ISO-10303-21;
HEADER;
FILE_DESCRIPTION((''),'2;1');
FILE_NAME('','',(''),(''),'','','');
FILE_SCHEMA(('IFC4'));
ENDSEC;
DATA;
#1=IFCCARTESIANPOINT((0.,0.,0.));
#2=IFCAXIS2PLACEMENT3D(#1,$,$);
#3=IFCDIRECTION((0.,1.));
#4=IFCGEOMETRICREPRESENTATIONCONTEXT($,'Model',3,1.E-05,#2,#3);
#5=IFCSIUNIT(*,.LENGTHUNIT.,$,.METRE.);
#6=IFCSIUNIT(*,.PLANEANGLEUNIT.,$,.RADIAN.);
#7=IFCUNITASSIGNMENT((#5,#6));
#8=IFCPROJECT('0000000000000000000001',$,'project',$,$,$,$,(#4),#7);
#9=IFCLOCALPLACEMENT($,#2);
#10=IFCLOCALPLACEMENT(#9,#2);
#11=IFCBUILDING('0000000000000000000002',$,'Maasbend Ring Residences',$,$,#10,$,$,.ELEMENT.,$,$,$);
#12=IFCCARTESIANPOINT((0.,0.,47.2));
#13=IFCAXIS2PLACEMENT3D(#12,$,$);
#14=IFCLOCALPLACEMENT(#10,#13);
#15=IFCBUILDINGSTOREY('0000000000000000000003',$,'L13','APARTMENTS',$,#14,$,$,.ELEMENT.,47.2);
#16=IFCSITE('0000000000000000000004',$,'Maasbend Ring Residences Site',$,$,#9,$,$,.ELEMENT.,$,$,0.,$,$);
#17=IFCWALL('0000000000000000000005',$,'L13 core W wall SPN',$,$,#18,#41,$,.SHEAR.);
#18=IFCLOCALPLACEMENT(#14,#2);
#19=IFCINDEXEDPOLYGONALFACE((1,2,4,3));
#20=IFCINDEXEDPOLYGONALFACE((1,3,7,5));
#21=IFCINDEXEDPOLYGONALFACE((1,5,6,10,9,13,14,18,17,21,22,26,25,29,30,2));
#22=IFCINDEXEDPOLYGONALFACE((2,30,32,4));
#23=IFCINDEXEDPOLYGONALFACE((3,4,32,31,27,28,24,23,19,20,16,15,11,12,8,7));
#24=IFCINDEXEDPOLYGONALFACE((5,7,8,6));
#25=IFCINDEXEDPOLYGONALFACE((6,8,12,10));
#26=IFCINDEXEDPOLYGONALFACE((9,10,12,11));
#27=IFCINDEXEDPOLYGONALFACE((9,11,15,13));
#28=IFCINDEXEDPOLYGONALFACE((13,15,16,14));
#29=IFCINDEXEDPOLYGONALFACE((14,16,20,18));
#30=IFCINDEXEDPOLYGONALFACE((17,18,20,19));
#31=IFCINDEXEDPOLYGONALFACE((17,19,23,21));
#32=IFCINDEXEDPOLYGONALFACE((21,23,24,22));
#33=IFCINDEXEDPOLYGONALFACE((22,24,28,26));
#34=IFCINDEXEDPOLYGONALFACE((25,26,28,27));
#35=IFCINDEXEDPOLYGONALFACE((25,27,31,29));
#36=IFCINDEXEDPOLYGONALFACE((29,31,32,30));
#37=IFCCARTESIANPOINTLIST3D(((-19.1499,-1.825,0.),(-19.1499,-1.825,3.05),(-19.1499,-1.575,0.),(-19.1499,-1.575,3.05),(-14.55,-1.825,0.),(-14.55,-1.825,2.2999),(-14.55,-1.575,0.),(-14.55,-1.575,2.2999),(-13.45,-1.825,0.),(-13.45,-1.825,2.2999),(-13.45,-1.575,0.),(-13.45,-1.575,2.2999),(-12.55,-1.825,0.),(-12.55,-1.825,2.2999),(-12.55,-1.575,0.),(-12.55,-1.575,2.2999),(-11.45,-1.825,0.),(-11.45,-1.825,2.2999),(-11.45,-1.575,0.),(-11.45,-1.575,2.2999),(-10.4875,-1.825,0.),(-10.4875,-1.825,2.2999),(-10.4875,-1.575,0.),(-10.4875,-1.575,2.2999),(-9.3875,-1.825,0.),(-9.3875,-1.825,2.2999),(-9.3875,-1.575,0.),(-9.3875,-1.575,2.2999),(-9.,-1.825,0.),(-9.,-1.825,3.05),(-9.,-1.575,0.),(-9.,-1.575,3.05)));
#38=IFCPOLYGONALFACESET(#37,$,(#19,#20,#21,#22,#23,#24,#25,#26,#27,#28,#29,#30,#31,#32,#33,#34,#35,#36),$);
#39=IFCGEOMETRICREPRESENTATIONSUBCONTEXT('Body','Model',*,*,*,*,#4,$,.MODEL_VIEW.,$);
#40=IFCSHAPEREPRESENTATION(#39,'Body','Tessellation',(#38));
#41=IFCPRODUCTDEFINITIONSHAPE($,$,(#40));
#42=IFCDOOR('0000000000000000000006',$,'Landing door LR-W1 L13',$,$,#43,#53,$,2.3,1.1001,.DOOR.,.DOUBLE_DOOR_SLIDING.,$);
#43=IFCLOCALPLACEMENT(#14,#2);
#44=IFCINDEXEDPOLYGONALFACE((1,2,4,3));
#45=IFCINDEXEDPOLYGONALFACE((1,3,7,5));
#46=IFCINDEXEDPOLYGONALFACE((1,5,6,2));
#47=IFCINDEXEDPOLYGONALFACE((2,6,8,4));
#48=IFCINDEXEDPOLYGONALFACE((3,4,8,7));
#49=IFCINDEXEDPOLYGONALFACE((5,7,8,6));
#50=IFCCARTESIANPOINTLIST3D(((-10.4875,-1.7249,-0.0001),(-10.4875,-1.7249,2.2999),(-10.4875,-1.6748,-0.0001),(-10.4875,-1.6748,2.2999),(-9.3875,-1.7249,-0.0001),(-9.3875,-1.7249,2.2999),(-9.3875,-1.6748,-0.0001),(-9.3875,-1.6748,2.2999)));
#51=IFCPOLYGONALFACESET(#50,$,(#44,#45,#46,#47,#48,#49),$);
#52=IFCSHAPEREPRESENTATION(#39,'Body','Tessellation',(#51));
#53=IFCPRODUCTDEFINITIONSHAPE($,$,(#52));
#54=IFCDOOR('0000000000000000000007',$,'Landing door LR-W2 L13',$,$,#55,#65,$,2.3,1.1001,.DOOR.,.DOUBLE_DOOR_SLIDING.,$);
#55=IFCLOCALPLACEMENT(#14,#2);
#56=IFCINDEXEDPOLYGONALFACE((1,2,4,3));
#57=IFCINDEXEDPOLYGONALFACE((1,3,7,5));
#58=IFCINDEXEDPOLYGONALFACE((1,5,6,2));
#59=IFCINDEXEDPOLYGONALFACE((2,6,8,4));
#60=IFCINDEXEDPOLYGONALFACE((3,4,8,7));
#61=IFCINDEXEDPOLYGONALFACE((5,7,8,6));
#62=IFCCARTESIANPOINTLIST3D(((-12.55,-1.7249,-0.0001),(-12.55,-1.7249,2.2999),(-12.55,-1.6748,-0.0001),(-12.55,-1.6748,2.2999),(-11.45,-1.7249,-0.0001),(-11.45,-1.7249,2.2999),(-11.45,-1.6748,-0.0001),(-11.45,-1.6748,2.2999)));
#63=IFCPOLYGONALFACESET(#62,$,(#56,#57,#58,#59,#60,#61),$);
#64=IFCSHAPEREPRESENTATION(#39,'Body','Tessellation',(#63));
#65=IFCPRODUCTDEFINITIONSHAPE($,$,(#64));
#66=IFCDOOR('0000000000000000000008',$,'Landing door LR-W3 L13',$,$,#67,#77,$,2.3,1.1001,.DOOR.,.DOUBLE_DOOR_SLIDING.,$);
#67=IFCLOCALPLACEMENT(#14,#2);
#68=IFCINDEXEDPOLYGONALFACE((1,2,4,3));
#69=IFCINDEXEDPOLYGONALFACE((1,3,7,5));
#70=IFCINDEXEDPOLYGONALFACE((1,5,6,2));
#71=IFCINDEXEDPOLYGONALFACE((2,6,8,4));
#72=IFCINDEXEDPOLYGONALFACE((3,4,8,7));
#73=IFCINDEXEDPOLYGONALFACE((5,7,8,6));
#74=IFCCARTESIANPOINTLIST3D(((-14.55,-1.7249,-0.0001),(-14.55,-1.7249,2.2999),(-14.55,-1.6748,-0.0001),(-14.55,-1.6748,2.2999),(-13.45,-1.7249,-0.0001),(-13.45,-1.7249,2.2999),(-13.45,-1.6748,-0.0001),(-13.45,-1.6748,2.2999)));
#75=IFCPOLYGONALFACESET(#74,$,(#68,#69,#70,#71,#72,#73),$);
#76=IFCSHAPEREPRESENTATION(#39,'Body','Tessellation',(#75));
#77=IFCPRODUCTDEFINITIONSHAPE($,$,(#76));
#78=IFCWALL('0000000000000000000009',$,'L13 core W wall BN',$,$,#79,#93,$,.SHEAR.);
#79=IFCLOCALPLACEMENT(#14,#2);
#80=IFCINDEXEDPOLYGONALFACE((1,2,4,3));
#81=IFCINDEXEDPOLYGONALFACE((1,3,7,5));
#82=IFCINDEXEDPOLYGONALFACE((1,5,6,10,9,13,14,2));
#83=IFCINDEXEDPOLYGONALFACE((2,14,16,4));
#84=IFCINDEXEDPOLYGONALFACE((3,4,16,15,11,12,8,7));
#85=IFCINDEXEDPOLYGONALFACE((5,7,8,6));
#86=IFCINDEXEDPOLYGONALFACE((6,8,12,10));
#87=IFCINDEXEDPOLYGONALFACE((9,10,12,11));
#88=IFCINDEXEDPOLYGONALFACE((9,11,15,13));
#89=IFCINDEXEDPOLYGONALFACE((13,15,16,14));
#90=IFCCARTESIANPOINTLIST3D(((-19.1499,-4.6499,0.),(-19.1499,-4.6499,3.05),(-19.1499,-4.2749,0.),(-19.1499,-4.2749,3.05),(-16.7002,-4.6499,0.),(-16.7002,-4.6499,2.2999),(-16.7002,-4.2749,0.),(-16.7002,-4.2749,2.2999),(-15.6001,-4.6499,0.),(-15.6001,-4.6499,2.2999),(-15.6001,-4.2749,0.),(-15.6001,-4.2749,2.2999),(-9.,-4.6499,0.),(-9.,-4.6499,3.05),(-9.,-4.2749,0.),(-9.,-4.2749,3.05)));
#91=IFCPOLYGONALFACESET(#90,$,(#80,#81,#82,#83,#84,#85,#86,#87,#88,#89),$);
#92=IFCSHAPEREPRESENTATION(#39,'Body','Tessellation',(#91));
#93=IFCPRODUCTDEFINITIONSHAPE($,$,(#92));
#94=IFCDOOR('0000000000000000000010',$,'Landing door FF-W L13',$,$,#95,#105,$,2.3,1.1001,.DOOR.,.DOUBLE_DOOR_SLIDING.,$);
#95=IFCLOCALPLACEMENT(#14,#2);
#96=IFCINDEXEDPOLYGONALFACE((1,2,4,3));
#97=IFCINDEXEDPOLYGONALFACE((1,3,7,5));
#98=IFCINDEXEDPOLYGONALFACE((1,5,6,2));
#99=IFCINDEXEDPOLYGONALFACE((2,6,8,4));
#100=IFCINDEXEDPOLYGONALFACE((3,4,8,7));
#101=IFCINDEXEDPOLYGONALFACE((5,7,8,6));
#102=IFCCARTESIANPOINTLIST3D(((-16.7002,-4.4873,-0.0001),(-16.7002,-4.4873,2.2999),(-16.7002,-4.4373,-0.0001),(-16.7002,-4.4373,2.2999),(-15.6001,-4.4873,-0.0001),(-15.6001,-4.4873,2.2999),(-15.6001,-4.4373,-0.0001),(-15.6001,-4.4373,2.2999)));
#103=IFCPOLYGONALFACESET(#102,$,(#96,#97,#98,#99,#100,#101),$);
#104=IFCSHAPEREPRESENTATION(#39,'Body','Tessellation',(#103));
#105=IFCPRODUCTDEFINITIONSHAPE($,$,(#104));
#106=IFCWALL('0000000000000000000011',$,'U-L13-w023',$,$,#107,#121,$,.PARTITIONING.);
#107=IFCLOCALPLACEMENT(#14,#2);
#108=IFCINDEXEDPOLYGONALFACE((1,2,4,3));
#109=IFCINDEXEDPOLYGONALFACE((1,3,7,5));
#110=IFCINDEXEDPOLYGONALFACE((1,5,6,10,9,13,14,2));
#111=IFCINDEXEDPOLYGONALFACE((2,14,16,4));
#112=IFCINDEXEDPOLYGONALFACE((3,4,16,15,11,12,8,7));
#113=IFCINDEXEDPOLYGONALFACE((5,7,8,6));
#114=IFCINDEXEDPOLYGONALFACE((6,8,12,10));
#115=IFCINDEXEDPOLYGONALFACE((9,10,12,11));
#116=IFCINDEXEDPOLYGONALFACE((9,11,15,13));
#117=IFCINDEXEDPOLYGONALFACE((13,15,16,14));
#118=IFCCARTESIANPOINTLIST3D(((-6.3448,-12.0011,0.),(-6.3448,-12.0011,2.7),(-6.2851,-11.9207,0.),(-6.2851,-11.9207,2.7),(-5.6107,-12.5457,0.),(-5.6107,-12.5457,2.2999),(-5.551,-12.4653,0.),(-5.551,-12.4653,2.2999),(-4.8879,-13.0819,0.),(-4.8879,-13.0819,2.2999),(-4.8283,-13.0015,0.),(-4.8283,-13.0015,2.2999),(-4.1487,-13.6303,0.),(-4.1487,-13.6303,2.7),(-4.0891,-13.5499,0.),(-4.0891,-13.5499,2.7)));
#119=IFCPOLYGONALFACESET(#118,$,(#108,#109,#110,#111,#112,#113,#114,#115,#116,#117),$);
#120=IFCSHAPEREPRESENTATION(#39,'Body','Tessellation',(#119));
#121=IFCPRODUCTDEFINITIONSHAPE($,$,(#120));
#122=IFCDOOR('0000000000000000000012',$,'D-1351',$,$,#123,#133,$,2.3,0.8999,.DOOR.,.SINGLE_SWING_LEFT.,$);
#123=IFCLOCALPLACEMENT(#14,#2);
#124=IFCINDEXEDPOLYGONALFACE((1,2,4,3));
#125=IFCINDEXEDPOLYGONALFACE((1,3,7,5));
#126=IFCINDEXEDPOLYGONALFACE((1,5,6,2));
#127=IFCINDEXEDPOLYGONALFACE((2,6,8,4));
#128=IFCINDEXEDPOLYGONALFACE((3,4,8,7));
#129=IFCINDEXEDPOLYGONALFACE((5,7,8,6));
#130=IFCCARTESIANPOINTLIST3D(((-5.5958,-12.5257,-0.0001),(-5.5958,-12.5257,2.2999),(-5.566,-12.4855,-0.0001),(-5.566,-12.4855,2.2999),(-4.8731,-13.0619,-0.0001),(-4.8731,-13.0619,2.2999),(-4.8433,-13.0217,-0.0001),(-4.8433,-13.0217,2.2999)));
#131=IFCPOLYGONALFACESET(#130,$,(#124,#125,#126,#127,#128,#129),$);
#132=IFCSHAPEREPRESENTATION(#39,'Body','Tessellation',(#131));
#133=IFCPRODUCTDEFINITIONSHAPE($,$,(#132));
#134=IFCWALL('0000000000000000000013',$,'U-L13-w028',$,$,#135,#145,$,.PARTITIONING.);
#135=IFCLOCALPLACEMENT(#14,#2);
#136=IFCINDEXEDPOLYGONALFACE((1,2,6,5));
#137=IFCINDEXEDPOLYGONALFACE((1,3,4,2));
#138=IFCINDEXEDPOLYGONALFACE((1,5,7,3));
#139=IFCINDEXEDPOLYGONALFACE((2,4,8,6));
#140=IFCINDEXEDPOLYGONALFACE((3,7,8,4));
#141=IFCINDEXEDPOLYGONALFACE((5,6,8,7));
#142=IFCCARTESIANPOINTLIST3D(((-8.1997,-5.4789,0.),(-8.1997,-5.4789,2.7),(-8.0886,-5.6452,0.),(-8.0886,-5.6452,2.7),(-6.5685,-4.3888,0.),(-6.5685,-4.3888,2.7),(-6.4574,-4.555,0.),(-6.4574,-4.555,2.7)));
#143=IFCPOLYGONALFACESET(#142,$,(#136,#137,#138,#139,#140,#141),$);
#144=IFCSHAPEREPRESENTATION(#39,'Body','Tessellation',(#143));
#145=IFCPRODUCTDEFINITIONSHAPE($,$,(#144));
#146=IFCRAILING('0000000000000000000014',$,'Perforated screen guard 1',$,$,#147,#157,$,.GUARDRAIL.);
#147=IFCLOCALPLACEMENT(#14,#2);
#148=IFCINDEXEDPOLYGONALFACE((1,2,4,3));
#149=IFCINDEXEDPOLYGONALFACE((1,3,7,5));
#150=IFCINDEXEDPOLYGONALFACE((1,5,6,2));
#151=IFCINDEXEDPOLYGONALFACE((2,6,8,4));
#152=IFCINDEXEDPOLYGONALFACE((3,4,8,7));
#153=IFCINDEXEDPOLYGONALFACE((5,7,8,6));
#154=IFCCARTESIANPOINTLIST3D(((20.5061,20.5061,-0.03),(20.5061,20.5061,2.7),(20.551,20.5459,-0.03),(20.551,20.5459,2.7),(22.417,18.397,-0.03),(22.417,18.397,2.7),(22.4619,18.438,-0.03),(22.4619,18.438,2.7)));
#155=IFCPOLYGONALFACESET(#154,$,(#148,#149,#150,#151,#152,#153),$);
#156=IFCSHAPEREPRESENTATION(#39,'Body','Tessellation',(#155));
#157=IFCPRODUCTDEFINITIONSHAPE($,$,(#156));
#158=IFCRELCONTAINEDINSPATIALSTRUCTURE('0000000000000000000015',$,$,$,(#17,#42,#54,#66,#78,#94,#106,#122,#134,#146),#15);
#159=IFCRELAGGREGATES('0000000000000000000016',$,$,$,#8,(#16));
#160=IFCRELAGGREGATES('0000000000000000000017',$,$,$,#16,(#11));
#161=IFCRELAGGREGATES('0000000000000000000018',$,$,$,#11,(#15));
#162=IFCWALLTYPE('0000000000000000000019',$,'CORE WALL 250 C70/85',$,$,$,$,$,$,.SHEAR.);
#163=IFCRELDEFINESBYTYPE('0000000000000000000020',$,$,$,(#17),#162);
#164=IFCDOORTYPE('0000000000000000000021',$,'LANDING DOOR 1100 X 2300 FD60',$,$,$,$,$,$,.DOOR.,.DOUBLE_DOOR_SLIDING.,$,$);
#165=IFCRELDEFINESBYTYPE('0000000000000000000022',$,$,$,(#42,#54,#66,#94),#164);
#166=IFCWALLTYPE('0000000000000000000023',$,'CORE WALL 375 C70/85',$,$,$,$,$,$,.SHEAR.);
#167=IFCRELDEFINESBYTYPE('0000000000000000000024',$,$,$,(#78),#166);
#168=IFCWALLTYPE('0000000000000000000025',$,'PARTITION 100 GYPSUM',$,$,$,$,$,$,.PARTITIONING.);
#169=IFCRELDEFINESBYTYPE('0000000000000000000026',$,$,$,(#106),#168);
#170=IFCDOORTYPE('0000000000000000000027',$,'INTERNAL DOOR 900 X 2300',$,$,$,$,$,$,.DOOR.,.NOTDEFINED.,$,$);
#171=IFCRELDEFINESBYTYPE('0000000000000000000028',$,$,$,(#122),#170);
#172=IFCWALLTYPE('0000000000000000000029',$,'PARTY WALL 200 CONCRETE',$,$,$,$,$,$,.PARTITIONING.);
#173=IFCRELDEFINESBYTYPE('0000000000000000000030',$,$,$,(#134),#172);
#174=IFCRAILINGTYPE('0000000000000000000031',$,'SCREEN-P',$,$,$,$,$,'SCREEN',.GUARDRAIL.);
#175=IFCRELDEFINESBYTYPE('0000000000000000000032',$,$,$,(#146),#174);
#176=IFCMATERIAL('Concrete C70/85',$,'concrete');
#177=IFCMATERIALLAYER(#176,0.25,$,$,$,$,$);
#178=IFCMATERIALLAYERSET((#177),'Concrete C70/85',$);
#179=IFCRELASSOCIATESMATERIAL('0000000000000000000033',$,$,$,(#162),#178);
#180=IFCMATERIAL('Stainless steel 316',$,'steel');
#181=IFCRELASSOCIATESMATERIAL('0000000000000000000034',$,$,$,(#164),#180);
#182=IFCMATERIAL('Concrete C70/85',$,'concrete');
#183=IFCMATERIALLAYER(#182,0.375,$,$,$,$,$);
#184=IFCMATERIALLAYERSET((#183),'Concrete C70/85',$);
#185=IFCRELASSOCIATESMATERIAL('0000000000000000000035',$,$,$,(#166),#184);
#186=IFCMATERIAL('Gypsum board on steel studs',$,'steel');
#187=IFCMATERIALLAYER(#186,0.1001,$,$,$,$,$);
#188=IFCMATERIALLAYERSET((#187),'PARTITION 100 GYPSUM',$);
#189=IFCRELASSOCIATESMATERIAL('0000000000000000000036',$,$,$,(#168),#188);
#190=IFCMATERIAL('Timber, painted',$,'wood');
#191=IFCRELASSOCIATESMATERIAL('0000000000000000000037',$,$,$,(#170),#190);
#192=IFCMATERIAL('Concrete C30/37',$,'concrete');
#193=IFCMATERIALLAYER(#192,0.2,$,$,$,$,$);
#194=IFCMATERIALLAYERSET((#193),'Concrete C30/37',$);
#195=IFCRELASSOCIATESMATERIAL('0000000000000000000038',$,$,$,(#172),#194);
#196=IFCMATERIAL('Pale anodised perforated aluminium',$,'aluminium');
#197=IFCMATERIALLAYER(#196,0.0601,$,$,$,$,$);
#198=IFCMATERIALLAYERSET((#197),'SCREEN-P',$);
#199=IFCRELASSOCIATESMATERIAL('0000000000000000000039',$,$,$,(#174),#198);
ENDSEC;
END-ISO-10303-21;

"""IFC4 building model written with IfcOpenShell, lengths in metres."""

from ifc_helpers import new_model, si_unit, direction, frame, frame_2d, origin, place, context, subcontext, project, spatial, polyline, rectangle, outline, extrude, material, layer, layer_set, type_object, element, fill, save


model = new_model("IFC4")

# Units and contexts
model_context = context("Model", 3, precision=1e-05, world=origin(), true_north=direction((0.0, 1.0)))
body_context = subcontext(model_context, "Body", "Model", "MODEL_VIEW")
ifc_project = project(units=[si_unit("LENGTHUNIT", "METRE"), si_unit("PLANEANGLEUNIT", "RADIAN")], contexts=[model_context])

# Site, building, storey
site_placement = place(None, origin())
site = spatial("IfcSite", under=ifc_project, at=site_placement, Name="Maasbend Ring Residences Site", CompositionType="ELEMENT", RefElevation=0.0)
building_placement = place(site_placement, origin())
building = spatial("IfcBuilding", under=site, at=building_placement, Name="Maasbend Ring Residences", CompositionType="ELEMENT")
storey_placement = place(building_placement, frame((0.0, 0.0, 47.2)))
storey = spatial("IfcBuildingStorey", under=building, at=storey_placement, Name="L13", Description="APARTMENTS", CompositionType="ELEMENT", Elevation=47.2)

# Wall, openings, doors
ifc_material_1 = material(Name="Concrete C70/85", Category="concrete")
ifc_layer_1 = layer(ifc_material_1, 0.25)
ifc_layer_set_1 = layer_set([ifc_layer_1], Name="Concrete C70/85")
wall_type_1 = type_object("IfcWallType", Name="CORE WALL 250 C70/85", PredefinedType="SHEAR", material=ifc_layer_set_1)
wall_1_placement = place(storey_placement, frame((-9.0, -1.7, 0.0), z_axis=(0.0, 0.0, 1.0), x_axis=(-1.0, 0.0, 0.0)))
wall_1 = element("IfcWall", 1, at=wall_1_placement, inside=storey, type_object=wall_type_1, Name="L13 core W wall SPN", PredefinedType="SHEAR", context=body_context, shape_type="SweptSolid", body=[
    extrude(rectangle(XDim=10.1499, YDim=0.25, at=frame_2d((5.075, 0.0))), origin(), (0.0, 0.0, 1.0), 3.05),
])
opening_1_placement = place(wall_1_placement, frame((0.3875, 0.0, 0.0)))
opening_1 = element("IfcOpeningElement", 2, at=opening_1_placement, cuts=wall_1, PredefinedType="OPENING", context=body_context, shape_type="SweptSolid", body=[
    extrude(rectangle(XDim=1.1001, YDim=2.3, at=frame_2d((0.55, 1.1499))), frame((0.0, 0.135, 0.0), z_axis=(0.0, -1.0, 0.0), x_axis=(1.0, 0.0, 0.0)), (0.0, 0.0, 1.0), 0.27),
])
opening_2_placement = place(wall_1_placement, frame((2.45, 0.0, 0.0)))
opening_2 = element("IfcOpeningElement", 3, at=opening_2_placement, cuts=wall_1, PredefinedType="OPENING", context=body_context, shape_type="SweptSolid", body=[
    extrude(rectangle(XDim=1.1001, YDim=2.3, at=frame_2d((0.55, 1.1499))), frame((0.0, 0.135, 0.0), z_axis=(0.0, -1.0, 0.0), x_axis=(1.0, 0.0, 0.0)), (0.0, 0.0, 1.0), 0.27),
])
opening_3_placement = place(wall_1_placement, frame((4.45, 0.0, 0.0)))
opening_3 = element("IfcOpeningElement", 4, at=opening_3_placement, cuts=wall_1, PredefinedType="OPENING", context=body_context, shape_type="SweptSolid", body=[
    extrude(rectangle(XDim=1.1001, YDim=2.3, at=frame_2d((0.55, 1.1499))), frame((0.0, 0.135, 0.0), z_axis=(0.0, -1.0, 0.0), x_axis=(1.0, 0.0, 0.0)), (0.0, 0.0, 1.0), 0.27),
])
ifc_material_2 = material(Name="Stainless steel 316", Category="steel")
door_type_1 = type_object("IfcDoorType", Name="LANDING DOOR 1100 X 2300 FD60", OperationType="DOUBLE_DOOR_SLIDING", PredefinedType="DOOR", material=ifc_material_2)
door_1_placement = place(opening_1_placement, origin())
door_1 = element("IfcDoor", 5, at=door_1_placement, inside=storey, type_object=door_type_1, Name="Landing door LR-W1 L13", OperationType="DOUBLE_DOOR_SLIDING", OverallHeight=2.3, OverallWidth=1.1001, PredefinedType="DOOR", context=body_context, shape_type="SweptSolid", body=[
    extrude(rectangle(XDim=1.1001, YDim=2.3, at=frame_2d((0.55, 1.1499))), frame((0.0, 0.0249, 0.0), z_axis=(0.0, -1.0, 0.0), x_axis=(1.0, 0.0, 0.0)), (0.0, 0.0, 1.0), 0.05),
])
fill(opening_1, door_1)
door_2_placement = place(opening_2_placement, origin())
door_2 = element("IfcDoor", 6, at=door_2_placement, inside=storey, type_object=door_type_1, Name="Landing door LR-W2 L13", OperationType="DOUBLE_DOOR_SLIDING", OverallHeight=2.3, OverallWidth=1.1001, PredefinedType="DOOR", context=body_context, shape_type="SweptSolid", body=[
    extrude(rectangle(XDim=1.1001, YDim=2.3, at=frame_2d((0.55, 1.1499))), frame((0.0, 0.0249, 0.0), z_axis=(0.0, -1.0, 0.0), x_axis=(1.0, 0.0, 0.0)), (0.0, 0.0, 1.0), 0.05),
])
fill(opening_2, door_2)
door_3_placement = place(opening_3_placement, origin())
door_3 = element("IfcDoor", 7, at=door_3_placement, inside=storey, type_object=door_type_1, Name="Landing door LR-W3 L13", OperationType="DOUBLE_DOOR_SLIDING", OverallHeight=2.3, OverallWidth=1.1001, PredefinedType="DOOR", context=body_context, shape_type="SweptSolid", body=[
    extrude(rectangle(XDim=1.1001, YDim=2.3, at=frame_2d((0.55, 1.1499))), frame((0.0, 0.0249, 0.0), z_axis=(0.0, -1.0, 0.0), x_axis=(1.0, 0.0, 0.0)), (0.0, 0.0, 1.0), 0.05),
])
fill(opening_3, door_3)

# Walls, openings, doors
ifc_material_3 = material(Name="Concrete C70/85", Category="concrete")
ifc_layer_2 = layer(ifc_material_3, 0.375)
ifc_layer_set_2 = layer_set([ifc_layer_2], Name="Concrete C70/85")
wall_type_2 = type_object("IfcWallType", Name="CORE WALL 375 C70/85", PredefinedType="SHEAR", material=ifc_layer_set_2)
wall_2_placement = place(storey_placement, frame((-9.0, -4.4624, 0.0), z_axis=(0.0, 0.0, 1.0), x_axis=(-1.0, 0.0, 0.0)))
wall_2 = element("IfcWall", 8, at=wall_2_placement, inside=storey, type_object=wall_type_2, Name="L13 core W wall BN", PredefinedType="SHEAR", context=body_context, shape_type="SweptSolid", body=[
    extrude(rectangle(XDim=10.1499, YDim=0.375, at=frame_2d((5.075, 0.0))), origin(), (0.0, 0.0, 1.0), 3.05),
])
opening_4_placement = place(wall_2_placement, frame((6.6001, 0.0, 0.0)))
opening_4 = element("IfcOpeningElement", 9, at=opening_4_placement, cuts=wall_2, PredefinedType="OPENING", context=body_context, shape_type="SweptSolid", body=[
    extrude(rectangle(XDim=1.1001, YDim=2.3, at=frame_2d((0.55, 1.1499))), frame((0.0, 0.1975, 0.0), z_axis=(0.0, -1.0, 0.0), x_axis=(1.0, 0.0, 0.0)), (0.0, 0.0, 1.0), 0.395),
])
door_4_placement = place(opening_4_placement, origin())
door_4 = element("IfcDoor", 10, at=door_4_placement, inside=storey, type_object=door_type_1, Name="Landing door FF-W L13", OperationType="DOUBLE_DOOR_SLIDING", OverallHeight=2.3, OverallWidth=1.1001, PredefinedType="DOOR", context=body_context, shape_type="SweptSolid", body=[
    extrude(rectangle(XDim=1.1001, YDim=2.3, at=frame_2d((0.55, 1.1499))), frame((0.0, 0.0249, 0.0), z_axis=(0.0, -1.0, 0.0), x_axis=(1.0, 0.0, 0.0)), (0.0, 0.0, 1.0), 0.05),
])
fill(opening_4, door_4)
ifc_material_4 = material(Name="Gypsum board on steel studs", Category="steel")
ifc_layer_3 = layer(ifc_material_4, 0.1001)
ifc_layer_set_3 = layer_set([ifc_layer_3], Name="PARTITION 100 GYPSUM")
wall_type_3 = type_object("IfcWallType", Name="PARTITION 100 GYPSUM", PredefinedType="PARTITIONING", material=ifc_layer_set_3)
wall_3_placement = place(storey_placement, frame((-6.3149, -11.9609, 0.0), z_axis=(0.0, 0.0, 1.0), x_axis=(0.803128, -0.595806, 0.0)))
wall_3 = element("IfcWall", 11, at=wall_3_placement, inside=storey, type_object=wall_type_3, Name="U-L13-w023", PredefinedType="PARTITIONING", context=body_context, shape_type="SweptSolid", body=[
    extrude(rectangle(XDim=2.7344, YDim=0.1001, at=frame_2d((1.3672, 0.0))), origin(), (0.0, 0.0, 1.0), 2.7),
])
opening_5_placement = place(wall_3_placement, frame((0.9141, 0.0, 0.0)))
opening_5 = element("IfcOpeningElement", 12, at=opening_5_placement, cuts=wall_3, PredefinedType="OPENING", context=body_context, shape_type="SweptSolid", body=[
    extrude(rectangle(XDim=0.8999, YDim=2.3, at=frame_2d((0.45, 1.1499))), frame((0.0, 0.0601, 0.0), z_axis=(0.0, -1.0, 0.0), x_axis=(1.0, 0.0, 0.0)), (0.0, 0.0, 1.0), 0.1201),
])
ifc_material_5 = material(Name="Timber, painted", Category="wood")
door_type_2 = type_object("IfcDoorType", Name="INTERNAL DOOR 900 X 2300", OperationType="NOTDEFINED", PredefinedType="DOOR", material=ifc_material_5)
door_5_placement = place(opening_5_placement, origin())
door_5 = element("IfcDoor", 13, at=door_5_placement, inside=storey, type_object=door_type_2, Name="D-1351", OperationType="SINGLE_SWING_LEFT", OverallHeight=2.3, OverallWidth=0.8999, PredefinedType="DOOR", context=body_context, shape_type="SweptSolid", body=[
    extrude(rectangle(XDim=0.8999, YDim=2.3, at=frame_2d((0.45, 1.1499))), frame((0.0, 0.0249, 0.0), z_axis=(0.0, -1.0, 0.0), x_axis=(1.0, 0.0, 0.0)), (0.0, 0.0, 1.0), 0.05),
])
fill(opening_5, door_5)

# Wall
ifc_material_6 = material(Name="Concrete C30/37", Category="concrete")
ifc_layer_4 = layer(ifc_material_6, 0.2)
ifc_layer_set_4 = layer_set([ifc_layer_4], Name="Concrete C30/37")
wall_type_4 = type_object("IfcWallType", Name="PARTY WALL 200 CONCRETE", PredefinedType="PARTITIONING", material=ifc_layer_set_4)
wall_4_placement = place(storey_placement, frame((-6.5129, -4.4719, 0.0), z_axis=(0.0, 0.0, 1.0), x_axis=(-0.831418, -0.555648, 0.0)))
element("IfcWall", 14, at=wall_4_placement, inside=storey, type_object=wall_type_4, Name="U-L13-w028", PredefinedType="PARTITIONING", context=body_context, shape_type="SweptSolid", body=[
    extrude(rectangle(XDim=1.9619, YDim=0.2, at=frame_2d((0.981, 0.0))), origin(), (0.0, 0.0, 1.0), 2.7),
])

# Railing
ifc_material_7 = material(Name="Pale anodised perforated aluminium", Category="aluminium")
ifc_layer_5 = layer(ifc_material_7, 0.0601)
ifc_layer_set_5 = layer_set([ifc_layer_5], Name="SCREEN-P")
railing_type = type_object("IfcRailingType", Name="SCREEN-P", ElementType="SCREEN", PredefinedType="GUARDRAIL", material=ifc_layer_set_5)
railing_placement = place(storey_placement, frame((0.0, 0.0, -0.03)))
element("IfcRailing", 15, at=railing_placement, inside=storey, type_object=railing_type, Name="Perforated screen guard 1", PredefinedType="GUARDRAIL", context=body_context, shape_type="SweptSolid", body=[
    extrude(outline(polyline([(22.417, 18.397), (20.5061, 20.5061), (20.551, 20.5459), (22.4619, 18.438), (22.417, 18.397)])), origin(), (0.0, 0.0, 1.0), 2.73),
])

save(model, "model.ifc")
